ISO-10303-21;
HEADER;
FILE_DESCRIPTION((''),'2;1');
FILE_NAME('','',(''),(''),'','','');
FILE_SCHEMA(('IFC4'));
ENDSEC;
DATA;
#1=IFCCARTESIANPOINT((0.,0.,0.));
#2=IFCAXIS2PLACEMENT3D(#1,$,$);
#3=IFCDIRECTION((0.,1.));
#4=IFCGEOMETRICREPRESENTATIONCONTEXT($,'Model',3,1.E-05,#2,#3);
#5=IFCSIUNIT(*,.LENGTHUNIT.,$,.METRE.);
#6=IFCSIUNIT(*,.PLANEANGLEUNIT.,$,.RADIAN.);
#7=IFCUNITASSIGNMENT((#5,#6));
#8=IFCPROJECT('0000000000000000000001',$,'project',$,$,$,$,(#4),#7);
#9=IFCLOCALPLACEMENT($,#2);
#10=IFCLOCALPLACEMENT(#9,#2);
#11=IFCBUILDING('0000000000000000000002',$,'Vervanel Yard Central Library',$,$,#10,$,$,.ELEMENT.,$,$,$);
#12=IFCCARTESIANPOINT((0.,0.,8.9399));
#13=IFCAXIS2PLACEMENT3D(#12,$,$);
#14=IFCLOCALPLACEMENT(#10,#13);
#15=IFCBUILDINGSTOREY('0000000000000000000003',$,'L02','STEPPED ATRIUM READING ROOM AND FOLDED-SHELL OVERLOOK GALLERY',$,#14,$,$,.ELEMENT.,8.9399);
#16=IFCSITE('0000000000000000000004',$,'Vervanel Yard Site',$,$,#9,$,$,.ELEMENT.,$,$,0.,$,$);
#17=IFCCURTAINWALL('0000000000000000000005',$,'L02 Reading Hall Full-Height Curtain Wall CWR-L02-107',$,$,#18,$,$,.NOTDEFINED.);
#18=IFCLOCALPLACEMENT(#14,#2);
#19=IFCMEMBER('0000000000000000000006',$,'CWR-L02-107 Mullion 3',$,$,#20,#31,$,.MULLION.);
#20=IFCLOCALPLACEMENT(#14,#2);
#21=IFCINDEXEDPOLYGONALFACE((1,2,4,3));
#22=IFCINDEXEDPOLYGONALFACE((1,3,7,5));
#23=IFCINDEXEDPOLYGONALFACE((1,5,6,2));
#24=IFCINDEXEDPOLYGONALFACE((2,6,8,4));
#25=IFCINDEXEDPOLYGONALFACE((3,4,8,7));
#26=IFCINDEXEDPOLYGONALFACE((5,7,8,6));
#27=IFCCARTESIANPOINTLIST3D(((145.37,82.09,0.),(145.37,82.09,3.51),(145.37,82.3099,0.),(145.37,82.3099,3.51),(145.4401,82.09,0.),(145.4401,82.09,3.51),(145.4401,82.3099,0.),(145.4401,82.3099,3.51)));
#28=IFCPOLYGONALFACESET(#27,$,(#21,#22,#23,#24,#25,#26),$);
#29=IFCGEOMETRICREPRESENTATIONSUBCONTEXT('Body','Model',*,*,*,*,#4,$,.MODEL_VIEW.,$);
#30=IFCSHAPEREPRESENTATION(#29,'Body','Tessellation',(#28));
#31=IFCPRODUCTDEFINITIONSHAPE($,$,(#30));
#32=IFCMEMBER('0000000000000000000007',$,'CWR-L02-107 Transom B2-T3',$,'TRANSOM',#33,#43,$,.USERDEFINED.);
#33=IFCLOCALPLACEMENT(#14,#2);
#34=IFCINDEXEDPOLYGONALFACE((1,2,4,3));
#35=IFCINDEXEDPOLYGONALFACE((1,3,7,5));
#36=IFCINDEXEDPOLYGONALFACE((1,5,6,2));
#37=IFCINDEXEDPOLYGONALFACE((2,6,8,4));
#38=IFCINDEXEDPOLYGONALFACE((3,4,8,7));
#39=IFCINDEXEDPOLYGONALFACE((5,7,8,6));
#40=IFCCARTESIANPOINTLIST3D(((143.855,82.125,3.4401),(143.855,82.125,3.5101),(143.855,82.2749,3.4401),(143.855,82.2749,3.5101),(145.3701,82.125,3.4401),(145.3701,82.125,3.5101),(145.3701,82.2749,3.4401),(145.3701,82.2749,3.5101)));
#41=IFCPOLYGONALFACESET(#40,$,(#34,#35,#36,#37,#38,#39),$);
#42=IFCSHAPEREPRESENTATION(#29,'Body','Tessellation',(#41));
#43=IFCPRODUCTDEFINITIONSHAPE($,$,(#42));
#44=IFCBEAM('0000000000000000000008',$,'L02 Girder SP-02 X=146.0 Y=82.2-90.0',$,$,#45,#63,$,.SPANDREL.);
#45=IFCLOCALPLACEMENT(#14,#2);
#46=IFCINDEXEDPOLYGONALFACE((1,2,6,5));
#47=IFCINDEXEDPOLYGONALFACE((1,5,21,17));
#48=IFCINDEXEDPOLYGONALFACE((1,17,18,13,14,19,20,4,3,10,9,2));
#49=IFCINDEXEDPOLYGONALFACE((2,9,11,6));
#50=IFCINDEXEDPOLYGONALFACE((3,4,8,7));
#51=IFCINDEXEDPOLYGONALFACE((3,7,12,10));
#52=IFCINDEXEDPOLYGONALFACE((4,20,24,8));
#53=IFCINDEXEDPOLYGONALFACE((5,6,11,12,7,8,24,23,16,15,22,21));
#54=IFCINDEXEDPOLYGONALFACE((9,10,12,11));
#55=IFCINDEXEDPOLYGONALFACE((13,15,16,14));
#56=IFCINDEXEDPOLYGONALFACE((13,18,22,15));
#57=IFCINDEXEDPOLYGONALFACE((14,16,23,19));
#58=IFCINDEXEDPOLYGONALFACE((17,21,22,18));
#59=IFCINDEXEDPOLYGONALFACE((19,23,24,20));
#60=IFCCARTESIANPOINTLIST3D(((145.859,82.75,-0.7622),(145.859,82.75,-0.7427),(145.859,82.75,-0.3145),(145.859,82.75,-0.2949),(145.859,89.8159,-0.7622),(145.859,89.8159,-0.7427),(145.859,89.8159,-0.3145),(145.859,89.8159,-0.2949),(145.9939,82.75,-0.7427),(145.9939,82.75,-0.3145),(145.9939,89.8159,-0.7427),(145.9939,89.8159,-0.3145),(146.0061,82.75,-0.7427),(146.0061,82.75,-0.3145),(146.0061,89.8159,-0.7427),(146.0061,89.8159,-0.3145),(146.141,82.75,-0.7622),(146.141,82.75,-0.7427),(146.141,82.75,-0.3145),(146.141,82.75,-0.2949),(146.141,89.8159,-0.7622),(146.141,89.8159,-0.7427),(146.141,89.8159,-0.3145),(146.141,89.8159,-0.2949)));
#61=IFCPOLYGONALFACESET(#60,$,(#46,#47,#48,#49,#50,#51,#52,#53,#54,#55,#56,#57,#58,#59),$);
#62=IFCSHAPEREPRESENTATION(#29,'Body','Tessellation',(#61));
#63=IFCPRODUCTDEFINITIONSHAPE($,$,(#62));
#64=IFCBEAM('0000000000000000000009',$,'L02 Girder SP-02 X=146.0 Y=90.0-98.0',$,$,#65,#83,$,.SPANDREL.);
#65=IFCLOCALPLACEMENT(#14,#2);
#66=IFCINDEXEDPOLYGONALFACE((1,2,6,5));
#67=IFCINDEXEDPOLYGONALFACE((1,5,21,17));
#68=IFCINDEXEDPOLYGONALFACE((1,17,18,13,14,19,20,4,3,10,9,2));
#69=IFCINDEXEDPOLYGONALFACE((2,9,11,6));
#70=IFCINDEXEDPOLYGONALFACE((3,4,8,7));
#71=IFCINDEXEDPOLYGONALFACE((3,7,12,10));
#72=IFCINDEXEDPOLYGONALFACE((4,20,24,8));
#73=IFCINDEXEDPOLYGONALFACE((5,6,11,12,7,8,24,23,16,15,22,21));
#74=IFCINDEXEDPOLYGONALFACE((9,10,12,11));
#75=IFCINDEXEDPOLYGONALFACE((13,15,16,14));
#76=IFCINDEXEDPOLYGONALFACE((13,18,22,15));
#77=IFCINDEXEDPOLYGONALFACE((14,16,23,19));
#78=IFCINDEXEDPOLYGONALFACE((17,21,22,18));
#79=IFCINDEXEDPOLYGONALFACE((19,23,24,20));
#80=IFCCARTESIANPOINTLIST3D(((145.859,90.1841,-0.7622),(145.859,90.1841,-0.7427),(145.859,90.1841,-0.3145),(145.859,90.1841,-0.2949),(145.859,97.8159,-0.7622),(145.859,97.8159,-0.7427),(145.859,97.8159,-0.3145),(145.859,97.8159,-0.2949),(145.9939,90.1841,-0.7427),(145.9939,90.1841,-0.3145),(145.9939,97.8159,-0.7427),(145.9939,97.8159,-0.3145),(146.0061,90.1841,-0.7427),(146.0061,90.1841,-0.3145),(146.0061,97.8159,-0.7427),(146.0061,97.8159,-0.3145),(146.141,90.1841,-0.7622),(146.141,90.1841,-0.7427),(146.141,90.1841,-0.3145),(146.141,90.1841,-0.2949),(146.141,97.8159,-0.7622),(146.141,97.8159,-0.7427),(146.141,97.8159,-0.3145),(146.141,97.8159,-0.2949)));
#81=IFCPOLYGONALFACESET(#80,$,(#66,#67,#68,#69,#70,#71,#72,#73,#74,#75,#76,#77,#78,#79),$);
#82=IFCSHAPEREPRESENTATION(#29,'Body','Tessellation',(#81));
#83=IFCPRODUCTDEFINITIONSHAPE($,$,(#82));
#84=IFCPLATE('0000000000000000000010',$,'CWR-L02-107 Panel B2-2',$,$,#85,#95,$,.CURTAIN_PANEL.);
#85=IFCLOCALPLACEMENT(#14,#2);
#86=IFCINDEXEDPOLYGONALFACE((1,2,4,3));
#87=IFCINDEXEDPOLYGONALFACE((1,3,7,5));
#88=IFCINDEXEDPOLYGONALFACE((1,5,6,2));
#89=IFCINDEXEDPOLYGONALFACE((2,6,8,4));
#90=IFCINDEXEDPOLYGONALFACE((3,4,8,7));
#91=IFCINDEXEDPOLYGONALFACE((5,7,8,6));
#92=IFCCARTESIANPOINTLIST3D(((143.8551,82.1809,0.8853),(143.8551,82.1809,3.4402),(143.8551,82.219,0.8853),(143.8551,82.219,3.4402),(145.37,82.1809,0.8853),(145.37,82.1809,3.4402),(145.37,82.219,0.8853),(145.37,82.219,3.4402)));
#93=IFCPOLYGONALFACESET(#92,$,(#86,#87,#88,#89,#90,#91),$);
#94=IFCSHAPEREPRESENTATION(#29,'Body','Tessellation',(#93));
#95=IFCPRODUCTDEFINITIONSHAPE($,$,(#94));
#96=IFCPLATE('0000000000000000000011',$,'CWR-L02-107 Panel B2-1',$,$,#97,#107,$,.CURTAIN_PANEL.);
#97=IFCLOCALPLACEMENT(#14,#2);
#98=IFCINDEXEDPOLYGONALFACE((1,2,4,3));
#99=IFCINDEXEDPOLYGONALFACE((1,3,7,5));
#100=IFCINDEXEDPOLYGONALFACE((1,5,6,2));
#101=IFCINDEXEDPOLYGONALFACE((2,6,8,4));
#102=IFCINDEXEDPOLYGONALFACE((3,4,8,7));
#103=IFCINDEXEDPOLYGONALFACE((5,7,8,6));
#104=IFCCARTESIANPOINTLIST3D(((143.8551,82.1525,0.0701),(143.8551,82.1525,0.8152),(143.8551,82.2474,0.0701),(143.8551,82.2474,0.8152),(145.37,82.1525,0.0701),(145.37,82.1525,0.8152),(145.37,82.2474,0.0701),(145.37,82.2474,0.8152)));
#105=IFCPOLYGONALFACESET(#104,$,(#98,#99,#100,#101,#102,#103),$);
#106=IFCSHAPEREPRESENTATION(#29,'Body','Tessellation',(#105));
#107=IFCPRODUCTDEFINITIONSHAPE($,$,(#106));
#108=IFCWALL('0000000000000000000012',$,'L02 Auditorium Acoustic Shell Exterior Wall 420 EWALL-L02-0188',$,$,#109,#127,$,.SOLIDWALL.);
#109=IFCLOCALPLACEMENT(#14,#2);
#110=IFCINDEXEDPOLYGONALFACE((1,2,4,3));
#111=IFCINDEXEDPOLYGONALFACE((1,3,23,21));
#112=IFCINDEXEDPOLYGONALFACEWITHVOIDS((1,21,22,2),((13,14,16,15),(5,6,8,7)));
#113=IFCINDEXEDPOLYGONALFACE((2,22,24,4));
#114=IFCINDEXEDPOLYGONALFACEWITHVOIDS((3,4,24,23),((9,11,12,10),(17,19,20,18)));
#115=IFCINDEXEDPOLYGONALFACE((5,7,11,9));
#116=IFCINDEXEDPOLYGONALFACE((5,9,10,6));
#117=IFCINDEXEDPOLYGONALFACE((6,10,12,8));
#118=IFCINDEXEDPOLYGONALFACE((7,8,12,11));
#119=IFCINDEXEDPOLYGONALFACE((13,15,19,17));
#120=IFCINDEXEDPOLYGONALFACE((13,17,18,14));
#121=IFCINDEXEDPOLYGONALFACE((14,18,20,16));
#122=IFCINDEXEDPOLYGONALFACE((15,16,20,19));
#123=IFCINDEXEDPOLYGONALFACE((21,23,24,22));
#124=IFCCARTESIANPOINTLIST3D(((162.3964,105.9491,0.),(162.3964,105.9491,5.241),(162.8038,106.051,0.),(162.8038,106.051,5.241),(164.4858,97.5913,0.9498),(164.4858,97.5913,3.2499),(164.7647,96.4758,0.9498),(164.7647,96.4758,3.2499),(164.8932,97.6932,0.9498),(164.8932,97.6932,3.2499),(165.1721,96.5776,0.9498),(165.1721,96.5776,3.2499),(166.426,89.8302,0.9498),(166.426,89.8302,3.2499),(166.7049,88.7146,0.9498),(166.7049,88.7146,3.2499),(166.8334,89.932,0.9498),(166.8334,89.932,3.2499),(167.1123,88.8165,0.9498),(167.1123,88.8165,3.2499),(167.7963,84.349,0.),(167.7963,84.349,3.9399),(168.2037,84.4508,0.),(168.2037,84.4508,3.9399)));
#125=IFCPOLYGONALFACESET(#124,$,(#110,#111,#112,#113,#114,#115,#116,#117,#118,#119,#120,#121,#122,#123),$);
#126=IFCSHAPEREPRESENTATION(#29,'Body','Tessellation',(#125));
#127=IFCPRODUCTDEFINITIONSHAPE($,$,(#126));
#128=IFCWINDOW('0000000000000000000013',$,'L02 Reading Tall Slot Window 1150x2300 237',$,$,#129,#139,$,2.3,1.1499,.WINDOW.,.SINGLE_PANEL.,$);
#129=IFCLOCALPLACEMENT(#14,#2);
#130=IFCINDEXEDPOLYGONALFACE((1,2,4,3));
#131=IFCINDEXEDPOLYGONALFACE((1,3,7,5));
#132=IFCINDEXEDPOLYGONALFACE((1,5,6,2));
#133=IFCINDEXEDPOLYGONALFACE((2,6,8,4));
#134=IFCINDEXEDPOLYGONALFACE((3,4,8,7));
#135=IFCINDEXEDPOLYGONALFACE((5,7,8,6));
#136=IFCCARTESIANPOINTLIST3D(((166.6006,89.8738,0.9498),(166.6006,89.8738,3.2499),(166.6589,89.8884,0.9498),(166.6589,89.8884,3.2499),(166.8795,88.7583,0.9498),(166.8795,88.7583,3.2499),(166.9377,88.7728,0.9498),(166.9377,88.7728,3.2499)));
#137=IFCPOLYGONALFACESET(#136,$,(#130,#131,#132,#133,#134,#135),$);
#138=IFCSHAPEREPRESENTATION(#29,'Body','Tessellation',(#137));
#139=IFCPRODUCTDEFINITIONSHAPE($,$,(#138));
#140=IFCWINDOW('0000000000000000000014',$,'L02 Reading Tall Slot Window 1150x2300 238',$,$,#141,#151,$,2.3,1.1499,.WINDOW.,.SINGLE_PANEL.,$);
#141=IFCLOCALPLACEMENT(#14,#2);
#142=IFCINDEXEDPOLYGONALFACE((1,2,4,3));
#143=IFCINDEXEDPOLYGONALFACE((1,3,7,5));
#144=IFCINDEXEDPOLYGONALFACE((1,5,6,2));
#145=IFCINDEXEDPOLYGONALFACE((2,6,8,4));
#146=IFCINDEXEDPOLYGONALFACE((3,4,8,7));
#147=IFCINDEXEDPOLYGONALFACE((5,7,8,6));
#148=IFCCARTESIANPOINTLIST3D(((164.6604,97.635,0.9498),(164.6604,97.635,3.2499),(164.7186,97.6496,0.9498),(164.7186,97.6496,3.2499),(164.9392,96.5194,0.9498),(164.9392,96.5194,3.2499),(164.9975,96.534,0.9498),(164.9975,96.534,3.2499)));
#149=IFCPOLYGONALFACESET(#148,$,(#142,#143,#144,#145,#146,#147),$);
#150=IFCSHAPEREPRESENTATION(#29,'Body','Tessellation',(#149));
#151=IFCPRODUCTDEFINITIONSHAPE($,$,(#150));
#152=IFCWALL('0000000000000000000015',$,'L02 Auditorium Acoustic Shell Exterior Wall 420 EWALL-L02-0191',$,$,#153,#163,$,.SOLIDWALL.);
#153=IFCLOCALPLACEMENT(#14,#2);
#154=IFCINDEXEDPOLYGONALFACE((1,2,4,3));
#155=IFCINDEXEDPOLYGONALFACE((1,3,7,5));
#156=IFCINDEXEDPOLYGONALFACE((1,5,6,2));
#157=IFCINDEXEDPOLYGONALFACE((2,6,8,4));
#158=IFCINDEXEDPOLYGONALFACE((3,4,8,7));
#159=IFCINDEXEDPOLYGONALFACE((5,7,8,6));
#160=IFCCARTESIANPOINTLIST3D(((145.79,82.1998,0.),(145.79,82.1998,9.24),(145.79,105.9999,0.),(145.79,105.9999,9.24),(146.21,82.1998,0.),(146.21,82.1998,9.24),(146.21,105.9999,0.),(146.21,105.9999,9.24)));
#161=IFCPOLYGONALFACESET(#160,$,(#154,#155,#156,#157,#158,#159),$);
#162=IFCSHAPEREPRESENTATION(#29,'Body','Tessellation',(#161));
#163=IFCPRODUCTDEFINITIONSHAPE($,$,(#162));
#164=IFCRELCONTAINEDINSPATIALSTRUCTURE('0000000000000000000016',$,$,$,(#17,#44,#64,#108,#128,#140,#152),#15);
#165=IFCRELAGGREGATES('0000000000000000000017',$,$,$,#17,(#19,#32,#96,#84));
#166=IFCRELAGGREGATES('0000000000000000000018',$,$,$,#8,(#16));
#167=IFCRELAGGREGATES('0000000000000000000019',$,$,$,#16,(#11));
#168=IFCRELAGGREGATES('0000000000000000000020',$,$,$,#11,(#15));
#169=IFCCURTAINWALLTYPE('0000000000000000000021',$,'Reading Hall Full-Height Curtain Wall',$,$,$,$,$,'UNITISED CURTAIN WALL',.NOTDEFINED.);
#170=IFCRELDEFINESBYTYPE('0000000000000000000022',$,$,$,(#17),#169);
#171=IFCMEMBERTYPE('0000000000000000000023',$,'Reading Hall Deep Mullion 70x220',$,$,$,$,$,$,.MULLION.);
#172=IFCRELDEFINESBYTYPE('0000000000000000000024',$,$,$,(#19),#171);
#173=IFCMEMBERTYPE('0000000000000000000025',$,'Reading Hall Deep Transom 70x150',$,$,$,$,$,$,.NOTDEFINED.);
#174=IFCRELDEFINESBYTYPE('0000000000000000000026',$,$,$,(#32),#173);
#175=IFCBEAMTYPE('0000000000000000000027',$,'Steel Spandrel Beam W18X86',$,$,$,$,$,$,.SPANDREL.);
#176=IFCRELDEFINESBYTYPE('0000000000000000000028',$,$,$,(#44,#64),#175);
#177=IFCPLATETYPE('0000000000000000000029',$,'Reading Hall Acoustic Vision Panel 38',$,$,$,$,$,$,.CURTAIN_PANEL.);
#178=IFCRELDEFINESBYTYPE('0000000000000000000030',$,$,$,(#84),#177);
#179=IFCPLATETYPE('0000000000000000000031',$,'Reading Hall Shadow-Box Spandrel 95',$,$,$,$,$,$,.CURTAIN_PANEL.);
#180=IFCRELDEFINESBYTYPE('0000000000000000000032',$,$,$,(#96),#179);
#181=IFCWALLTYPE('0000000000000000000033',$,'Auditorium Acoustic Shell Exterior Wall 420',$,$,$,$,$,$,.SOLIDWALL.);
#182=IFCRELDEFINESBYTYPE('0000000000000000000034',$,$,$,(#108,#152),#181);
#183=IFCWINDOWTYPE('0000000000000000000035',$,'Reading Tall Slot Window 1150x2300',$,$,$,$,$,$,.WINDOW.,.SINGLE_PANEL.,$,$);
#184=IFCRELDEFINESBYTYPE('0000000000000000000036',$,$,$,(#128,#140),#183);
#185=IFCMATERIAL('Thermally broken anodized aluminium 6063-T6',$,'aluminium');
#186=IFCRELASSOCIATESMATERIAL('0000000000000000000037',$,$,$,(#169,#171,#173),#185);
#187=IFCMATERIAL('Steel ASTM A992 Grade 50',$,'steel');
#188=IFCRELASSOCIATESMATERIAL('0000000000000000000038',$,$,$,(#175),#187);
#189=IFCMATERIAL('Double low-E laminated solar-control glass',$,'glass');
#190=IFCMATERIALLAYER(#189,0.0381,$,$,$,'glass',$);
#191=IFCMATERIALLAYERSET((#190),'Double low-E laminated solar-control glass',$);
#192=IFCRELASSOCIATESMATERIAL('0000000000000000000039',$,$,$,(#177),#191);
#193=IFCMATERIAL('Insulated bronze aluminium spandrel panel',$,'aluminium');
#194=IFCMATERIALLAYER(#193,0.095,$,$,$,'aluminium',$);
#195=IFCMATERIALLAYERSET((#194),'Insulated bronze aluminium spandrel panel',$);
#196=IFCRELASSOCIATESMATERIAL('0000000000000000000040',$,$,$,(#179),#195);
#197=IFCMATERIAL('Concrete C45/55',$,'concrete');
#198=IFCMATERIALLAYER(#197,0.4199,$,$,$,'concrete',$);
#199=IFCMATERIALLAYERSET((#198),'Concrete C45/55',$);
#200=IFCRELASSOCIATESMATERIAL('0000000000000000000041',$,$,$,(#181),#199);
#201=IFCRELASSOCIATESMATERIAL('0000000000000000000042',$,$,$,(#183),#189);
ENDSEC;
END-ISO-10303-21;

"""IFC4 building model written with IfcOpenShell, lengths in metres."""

from ifc_helpers import new_model, si_unit, direction, frame, frame_2d, origin, origin_2d, place, context, subcontext, project, spatial, polyline, rectangle, i_section, outline, extrude, material, layer, layer_set, material_profile, profile_set, type_object, element, fill, aggregate, save


model = new_model("IFC4")

# Units and contexts
model_context = context("Model", 3, precision=1e-05, world=origin(), true_north=direction((0.0, 1.0)))
body_context = subcontext(model_context, "Body", "Model", "MODEL_VIEW")
ifc_project = project(units=[si_unit("LENGTHUNIT", "METRE"), si_unit("PLANEANGLEUNIT", "RADIAN")], contexts=[model_context])

# Site, building, storey
site_placement = place(None, origin())
site = spatial("IfcSite", under=ifc_project, at=site_placement, Name="Vervanel Yard Site", CompositionType="ELEMENT", RefElevation=0.0)
building_placement = place(site_placement, origin())
building = spatial("IfcBuilding", under=site, at=building_placement, Name="Vervanel Yard Central Library", CompositionType="ELEMENT")
storey_placement = place(building_placement, frame((0.0, 0.0, 8.9399)))
storey = spatial("IfcBuildingStorey", under=building, at=storey_placement, Name="L02", Description="STEPPED ATRIUM READING ROOM AND FOLDED-SHELL OVERLOOK GALLERY", CompositionType="ELEMENT", Elevation=8.9399)

# Shared definitions
ifc_material_1 = material(Name="Steel ASTM A992 Grade 50", Category="steel")

# Curtain wall, members
ifc_material_2 = material(Name="Thermally broken anodized aluminium 6063-T6", Category="aluminium")
curtain_wall_type = type_object("IfcCurtainWallType", Name="Reading Hall Full-Height Curtain Wall", ElementType="UNITISED CURTAIN WALL", PredefinedType="NOTDEFINED", material=ifc_material_2)
curtain_wall_placement = place(storey_placement, origin())
curtain_wall = element("IfcCurtainWall", 1, at=curtain_wall_placement, inside=storey, type_object=curtain_wall_type, Name="L02 Reading Hall Full-Height Curtain Wall CWR-L02-107", PredefinedType="NOTDEFINED")
ifc_material_profile_1 = material_profile(ifc_material_2, rectangle(XDim=0.0701, YDim=0.22, at=origin_2d()), Name="ALU 70x220", Category="aluminium")
ifc_profile_set_1 = profile_set([ifc_material_profile_1], Name="Thermally broken anodized aluminium 6063-T6")
member_type_1 = type_object("IfcMemberType", Name="Reading Hall Deep Mullion 70x220", PredefinedType="MULLION", material=ifc_profile_set_1)
member_1_placement = place(storey_placement, frame((145.405, 82.2, 0.0), z_axis=(0.0, 0.0, 1.0), x_axis=(1.0, 0.0, 0.0)))
member_1 = element("IfcMember", 2, at=member_1_placement, type_object=member_type_1, Name="CWR-L02-107 Mullion 3", PredefinedType="MULLION", context=body_context, shape_type="SweptSolid", body=[
    extrude(rectangle(XDim=0.0701, YDim=0.22, at=origin_2d()), origin(), (0.0, 0.0, 1.0), 3.51),
])
ifc_material_profile_2 = material_profile(ifc_material_2, rectangle(XDim=0.0701, YDim=0.1499, at=origin_2d()), Name="ALU 70x150", Category="aluminium")
ifc_profile_set_2 = profile_set([ifc_material_profile_2], Name="Thermally broken anodized aluminium 6063-T6")
member_type_2 = type_object("IfcMemberType", Name="Reading Hall Deep Transom 70x150", PredefinedType="NOTDEFINED", material=ifc_profile_set_2)
member_2_placement = place(storey_placement, frame((143.855, 82.2, 3.4751), z_axis=(1.0, 0.0, 0.0), x_axis=(0.0, 0.0, 1.0)))
member_2 = element("IfcMember", 3, at=member_2_placement, type_object=member_type_2, Name="CWR-L02-107 Transom B2-T3", ObjectType="TRANSOM", PredefinedType="USERDEFINED", context=body_context, shape_type="SweptSolid", body=[
    extrude(rectangle(XDim=0.0701, YDim=0.1499, at=origin_2d()), origin(), (0.0, 0.0, 1.0), 1.5151),
])

# Beams
ifc_material_profile_3 = material_profile(ifc_material_1, i_section(OverallWidth=0.282, OverallDepth=0.4673, WebThickness=0.0122, FlangeThickness=0.0195, at=origin_2d()), Name="W18X86", Category="steel")
ifc_profile_set_3 = profile_set([ifc_material_profile_3], Name="Steel ASTM A992 Grade 50")
beam_type = type_object("IfcBeamType", Name="Steel Spandrel Beam W18X86", PredefinedType="SPANDREL", material=ifc_profile_set_3)
beam_1_placement = place(storey_placement, frame((146.0, 82.75, -0.5286), z_axis=(0.0, 1.0, 0.0), x_axis=(-1.0, 0.0, 0.0)))
element("IfcBeam", 4, at=beam_1_placement, inside=storey, type_object=beam_type, Name="L02 Girder SP-02 X=146.0 Y=82.2-90.0", PredefinedType="SPANDREL", context=body_context, shape_type="SweptSolid", body=[
    extrude(i_section(OverallWidth=0.282, OverallDepth=0.4673, WebThickness=0.0122, FlangeThickness=0.0195, at=origin_2d()), origin(), (0.0, 0.0, 1.0), 7.0659),
])
beam_2_placement = place(storey_placement, frame((146.0, 90.1841, -0.5286), z_axis=(0.0, 1.0, 0.0), x_axis=(-1.0, 0.0, 0.0)))
element("IfcBeam", 5, at=beam_2_placement, inside=storey, type_object=beam_type, Name="L02 Girder SP-02 X=146.0 Y=90.0-98.0", PredefinedType="SPANDREL", context=body_context, shape_type="SweptSolid", body=[
    extrude(i_section(OverallWidth=0.282, OverallDepth=0.4673, WebThickness=0.0122, FlangeThickness=0.0195, at=origin_2d()), origin(), (0.0, 0.0, 1.0), 7.6318),
])

# Plates
ifc_material_3 = material(Name="Double low-E laminated solar-control glass", Category="glass")
ifc_layer_1 = layer(ifc_material_3, 0.0381, Category="glass")
ifc_layer_set_1 = layer_set([ifc_layer_1], Name="Double low-E laminated solar-control glass")
plate_type_1 = type_object("IfcPlateType", Name="Reading Hall Acoustic Vision Panel 38", PredefinedType="CURTAIN_PANEL", material=ifc_layer_set_1)
plate_1_placement = place(storey_placement, frame((144.6125, 82.2, 0.8853), z_axis=(0.0, 0.0, 1.0), x_axis=(1.0, 0.0, 0.0)))
plate_1 = element("IfcPlate", 6, at=plate_1_placement, type_object=plate_type_1, Name="CWR-L02-107 Panel B2-2", PredefinedType="CURTAIN_PANEL", context=body_context, shape_type="SweptSolid", body=[
    extrude(rectangle(XDim=1.5149, YDim=0.0381, at=origin_2d()), origin(), (0.0, 0.0, 1.0), 2.5549),
])
ifc_material_4 = material(Name="Insulated bronze aluminium spandrel panel", Category="aluminium")
ifc_layer_2 = layer(ifc_material_4, 0.095, Category="aluminium")
ifc_layer_set_2 = layer_set([ifc_layer_2], Name="Insulated bronze aluminium spandrel panel")
plate_type_2 = type_object("IfcPlateType", Name="Reading Hall Shadow-Box Spandrel 95", PredefinedType="CURTAIN_PANEL", material=ifc_layer_set_2)
plate_2_placement = place(storey_placement, frame((144.6125, 82.2, 0.0701), z_axis=(0.0, 0.0, 1.0), x_axis=(1.0, 0.0, 0.0)))
plate_2 = element("IfcPlate", 7, at=plate_2_placement, type_object=plate_type_2, Name="CWR-L02-107 Panel B2-1", PredefinedType="CURTAIN_PANEL", context=body_context, shape_type="SweptSolid", body=[
    extrude(rectangle(XDim=1.5149, YDim=0.095, at=origin_2d()), origin(), (0.0, 0.0, 1.0), 0.7451),
])
aggregate(curtain_wall, [member_1, member_2, plate_2, plate_1])

# Wall, openings, windows
ifc_material_5 = material(Name="Concrete C45/55", Category="concrete")
ifc_layer_3 = layer(ifc_material_5, 0.4199, Category="concrete")
ifc_layer_set_3 = layer_set([ifc_layer_3], Name="Concrete C45/55")
wall_type = type_object("IfcWallType", Name="Auditorium Acoustic Shell Exterior Wall 420", PredefinedType="SOLIDWALL", material=ifc_layer_set_3)
wall_1_placement = place(storey_placement, frame((168.0, 84.3999, 0.0), z_axis=(0.0, 0.0, 1.0), x_axis=(-0.24253, 0.970144, 0.0)))
wall_1 = element("IfcWall", 8, at=wall_1_placement, inside=storey, type_object=wall_type, Name="L02 Auditorium Acoustic Shell Exterior Wall 420 EWALL-L02-0188", PredefinedType="SOLIDWALL", context=body_context, shape_type="SweptSolid", body=[
    extrude(outline(polyline([(0.0, 0.0), (22.2649, 0.0), (22.2649, 5.241), (0.0, 3.9399), (0.0, 0.0)])), frame((0.0, 0.21, 0.0), z_axis=(0.0, -1.0, 0.0), x_axis=(1.0, 0.0, 0.0)), (0.0, 0.0, 1.0), 0.4199),
])
opening_1_placement = place(wall_1_placement, frame((4.5, 0.0, 0.95)))
opening_1 = element("IfcOpeningElement", 9, at=opening_1_placement, cuts=wall_1, PredefinedType="OPENING", context=body_context, shape_type="SweptSolid", body=[
    extrude(rectangle(XDim=1.1499, YDim=2.3, at=frame_2d((0.575, 1.1499))), frame((0.0, 0.22, 0.0), z_axis=(0.0, -1.0, 0.0), x_axis=(1.0, 0.0, 0.0)), (0.0, 0.0, 1.0), 0.4399),
])
opening_2_placement = place(wall_1_placement, frame((12.5, 0.0, 0.95)))
opening_2 = element("IfcOpeningElement", 10, at=opening_2_placement, cuts=wall_1, PredefinedType="OPENING", context=body_context, shape_type="SweptSolid", body=[
    extrude(rectangle(XDim=1.1499, YDim=2.3, at=frame_2d((0.575, 1.1499))), frame((0.0, 0.22, 0.0), z_axis=(0.0, -1.0, 0.0), x_axis=(1.0, 0.0, 0.0)), (0.0, 0.0, 1.0), 0.4399),
])
window_type = type_object("IfcWindowType", Name="Reading Tall Slot Window 1150x2300", PartitioningType="SINGLE_PANEL", PredefinedType="WINDOW", material=ifc_material_3)
window_1_placement = place(opening_1_placement, origin())
window_1 = element("IfcWindow", 11, at=window_1_placement, inside=storey, type_object=window_type, Name="L02 Reading Tall Slot Window 1150x2300 237", OverallHeight=2.3, OverallWidth=1.1499, PartitioningType="SINGLE_PANEL", PredefinedType="WINDOW", context=body_context, shape_type="SweptSolid", body=[
    extrude(rectangle(XDim=1.1499, YDim=2.3, at=frame_2d((0.575, 1.1499))), frame((0.0, 0.03, 0.0), z_axis=(0.0, -1.0, 0.0), x_axis=(1.0, 0.0, 0.0)), (0.0, 0.0, 1.0), 0.0601),
])
fill(opening_1, window_1)
window_2_placement = place(opening_2_placement, origin())
window_2 = element("IfcWindow", 12, at=window_2_placement, inside=storey, type_object=window_type, Name="L02 Reading Tall Slot Window 1150x2300 238", OverallHeight=2.3, OverallWidth=1.1499, PartitioningType="SINGLE_PANEL", PredefinedType="WINDOW", context=body_context, shape_type="SweptSolid", body=[
    extrude(rectangle(XDim=1.1499, YDim=2.3, at=frame_2d((0.575, 1.1499))), frame((0.0, 0.03, 0.0), z_axis=(0.0, -1.0, 0.0), x_axis=(1.0, 0.0, 0.0)), (0.0, 0.0, 1.0), 0.0601),
])
fill(opening_2, window_2)

# Wall
wall_2_placement = place(storey_placement, frame((146.0, 82.2, 0.0), z_axis=(0.0, 0.0, 1.0), x_axis=(0.0, 1.0, 0.0)))
element("IfcWall", 13, at=wall_2_placement, inside=storey, type_object=wall_type, Name="L02 Auditorium Acoustic Shell Exterior Wall 420 EWALL-L02-0191", PredefinedType="SOLIDWALL", context=body_context, shape_type="SweptSolid", body=[
    extrude(rectangle(XDim=23.8, YDim=0.4199, at=frame_2d((11.8999, 0.0))), origin(), (0.0, 0.0, 1.0), 9.24),
])

save(model, "model.ifc")
